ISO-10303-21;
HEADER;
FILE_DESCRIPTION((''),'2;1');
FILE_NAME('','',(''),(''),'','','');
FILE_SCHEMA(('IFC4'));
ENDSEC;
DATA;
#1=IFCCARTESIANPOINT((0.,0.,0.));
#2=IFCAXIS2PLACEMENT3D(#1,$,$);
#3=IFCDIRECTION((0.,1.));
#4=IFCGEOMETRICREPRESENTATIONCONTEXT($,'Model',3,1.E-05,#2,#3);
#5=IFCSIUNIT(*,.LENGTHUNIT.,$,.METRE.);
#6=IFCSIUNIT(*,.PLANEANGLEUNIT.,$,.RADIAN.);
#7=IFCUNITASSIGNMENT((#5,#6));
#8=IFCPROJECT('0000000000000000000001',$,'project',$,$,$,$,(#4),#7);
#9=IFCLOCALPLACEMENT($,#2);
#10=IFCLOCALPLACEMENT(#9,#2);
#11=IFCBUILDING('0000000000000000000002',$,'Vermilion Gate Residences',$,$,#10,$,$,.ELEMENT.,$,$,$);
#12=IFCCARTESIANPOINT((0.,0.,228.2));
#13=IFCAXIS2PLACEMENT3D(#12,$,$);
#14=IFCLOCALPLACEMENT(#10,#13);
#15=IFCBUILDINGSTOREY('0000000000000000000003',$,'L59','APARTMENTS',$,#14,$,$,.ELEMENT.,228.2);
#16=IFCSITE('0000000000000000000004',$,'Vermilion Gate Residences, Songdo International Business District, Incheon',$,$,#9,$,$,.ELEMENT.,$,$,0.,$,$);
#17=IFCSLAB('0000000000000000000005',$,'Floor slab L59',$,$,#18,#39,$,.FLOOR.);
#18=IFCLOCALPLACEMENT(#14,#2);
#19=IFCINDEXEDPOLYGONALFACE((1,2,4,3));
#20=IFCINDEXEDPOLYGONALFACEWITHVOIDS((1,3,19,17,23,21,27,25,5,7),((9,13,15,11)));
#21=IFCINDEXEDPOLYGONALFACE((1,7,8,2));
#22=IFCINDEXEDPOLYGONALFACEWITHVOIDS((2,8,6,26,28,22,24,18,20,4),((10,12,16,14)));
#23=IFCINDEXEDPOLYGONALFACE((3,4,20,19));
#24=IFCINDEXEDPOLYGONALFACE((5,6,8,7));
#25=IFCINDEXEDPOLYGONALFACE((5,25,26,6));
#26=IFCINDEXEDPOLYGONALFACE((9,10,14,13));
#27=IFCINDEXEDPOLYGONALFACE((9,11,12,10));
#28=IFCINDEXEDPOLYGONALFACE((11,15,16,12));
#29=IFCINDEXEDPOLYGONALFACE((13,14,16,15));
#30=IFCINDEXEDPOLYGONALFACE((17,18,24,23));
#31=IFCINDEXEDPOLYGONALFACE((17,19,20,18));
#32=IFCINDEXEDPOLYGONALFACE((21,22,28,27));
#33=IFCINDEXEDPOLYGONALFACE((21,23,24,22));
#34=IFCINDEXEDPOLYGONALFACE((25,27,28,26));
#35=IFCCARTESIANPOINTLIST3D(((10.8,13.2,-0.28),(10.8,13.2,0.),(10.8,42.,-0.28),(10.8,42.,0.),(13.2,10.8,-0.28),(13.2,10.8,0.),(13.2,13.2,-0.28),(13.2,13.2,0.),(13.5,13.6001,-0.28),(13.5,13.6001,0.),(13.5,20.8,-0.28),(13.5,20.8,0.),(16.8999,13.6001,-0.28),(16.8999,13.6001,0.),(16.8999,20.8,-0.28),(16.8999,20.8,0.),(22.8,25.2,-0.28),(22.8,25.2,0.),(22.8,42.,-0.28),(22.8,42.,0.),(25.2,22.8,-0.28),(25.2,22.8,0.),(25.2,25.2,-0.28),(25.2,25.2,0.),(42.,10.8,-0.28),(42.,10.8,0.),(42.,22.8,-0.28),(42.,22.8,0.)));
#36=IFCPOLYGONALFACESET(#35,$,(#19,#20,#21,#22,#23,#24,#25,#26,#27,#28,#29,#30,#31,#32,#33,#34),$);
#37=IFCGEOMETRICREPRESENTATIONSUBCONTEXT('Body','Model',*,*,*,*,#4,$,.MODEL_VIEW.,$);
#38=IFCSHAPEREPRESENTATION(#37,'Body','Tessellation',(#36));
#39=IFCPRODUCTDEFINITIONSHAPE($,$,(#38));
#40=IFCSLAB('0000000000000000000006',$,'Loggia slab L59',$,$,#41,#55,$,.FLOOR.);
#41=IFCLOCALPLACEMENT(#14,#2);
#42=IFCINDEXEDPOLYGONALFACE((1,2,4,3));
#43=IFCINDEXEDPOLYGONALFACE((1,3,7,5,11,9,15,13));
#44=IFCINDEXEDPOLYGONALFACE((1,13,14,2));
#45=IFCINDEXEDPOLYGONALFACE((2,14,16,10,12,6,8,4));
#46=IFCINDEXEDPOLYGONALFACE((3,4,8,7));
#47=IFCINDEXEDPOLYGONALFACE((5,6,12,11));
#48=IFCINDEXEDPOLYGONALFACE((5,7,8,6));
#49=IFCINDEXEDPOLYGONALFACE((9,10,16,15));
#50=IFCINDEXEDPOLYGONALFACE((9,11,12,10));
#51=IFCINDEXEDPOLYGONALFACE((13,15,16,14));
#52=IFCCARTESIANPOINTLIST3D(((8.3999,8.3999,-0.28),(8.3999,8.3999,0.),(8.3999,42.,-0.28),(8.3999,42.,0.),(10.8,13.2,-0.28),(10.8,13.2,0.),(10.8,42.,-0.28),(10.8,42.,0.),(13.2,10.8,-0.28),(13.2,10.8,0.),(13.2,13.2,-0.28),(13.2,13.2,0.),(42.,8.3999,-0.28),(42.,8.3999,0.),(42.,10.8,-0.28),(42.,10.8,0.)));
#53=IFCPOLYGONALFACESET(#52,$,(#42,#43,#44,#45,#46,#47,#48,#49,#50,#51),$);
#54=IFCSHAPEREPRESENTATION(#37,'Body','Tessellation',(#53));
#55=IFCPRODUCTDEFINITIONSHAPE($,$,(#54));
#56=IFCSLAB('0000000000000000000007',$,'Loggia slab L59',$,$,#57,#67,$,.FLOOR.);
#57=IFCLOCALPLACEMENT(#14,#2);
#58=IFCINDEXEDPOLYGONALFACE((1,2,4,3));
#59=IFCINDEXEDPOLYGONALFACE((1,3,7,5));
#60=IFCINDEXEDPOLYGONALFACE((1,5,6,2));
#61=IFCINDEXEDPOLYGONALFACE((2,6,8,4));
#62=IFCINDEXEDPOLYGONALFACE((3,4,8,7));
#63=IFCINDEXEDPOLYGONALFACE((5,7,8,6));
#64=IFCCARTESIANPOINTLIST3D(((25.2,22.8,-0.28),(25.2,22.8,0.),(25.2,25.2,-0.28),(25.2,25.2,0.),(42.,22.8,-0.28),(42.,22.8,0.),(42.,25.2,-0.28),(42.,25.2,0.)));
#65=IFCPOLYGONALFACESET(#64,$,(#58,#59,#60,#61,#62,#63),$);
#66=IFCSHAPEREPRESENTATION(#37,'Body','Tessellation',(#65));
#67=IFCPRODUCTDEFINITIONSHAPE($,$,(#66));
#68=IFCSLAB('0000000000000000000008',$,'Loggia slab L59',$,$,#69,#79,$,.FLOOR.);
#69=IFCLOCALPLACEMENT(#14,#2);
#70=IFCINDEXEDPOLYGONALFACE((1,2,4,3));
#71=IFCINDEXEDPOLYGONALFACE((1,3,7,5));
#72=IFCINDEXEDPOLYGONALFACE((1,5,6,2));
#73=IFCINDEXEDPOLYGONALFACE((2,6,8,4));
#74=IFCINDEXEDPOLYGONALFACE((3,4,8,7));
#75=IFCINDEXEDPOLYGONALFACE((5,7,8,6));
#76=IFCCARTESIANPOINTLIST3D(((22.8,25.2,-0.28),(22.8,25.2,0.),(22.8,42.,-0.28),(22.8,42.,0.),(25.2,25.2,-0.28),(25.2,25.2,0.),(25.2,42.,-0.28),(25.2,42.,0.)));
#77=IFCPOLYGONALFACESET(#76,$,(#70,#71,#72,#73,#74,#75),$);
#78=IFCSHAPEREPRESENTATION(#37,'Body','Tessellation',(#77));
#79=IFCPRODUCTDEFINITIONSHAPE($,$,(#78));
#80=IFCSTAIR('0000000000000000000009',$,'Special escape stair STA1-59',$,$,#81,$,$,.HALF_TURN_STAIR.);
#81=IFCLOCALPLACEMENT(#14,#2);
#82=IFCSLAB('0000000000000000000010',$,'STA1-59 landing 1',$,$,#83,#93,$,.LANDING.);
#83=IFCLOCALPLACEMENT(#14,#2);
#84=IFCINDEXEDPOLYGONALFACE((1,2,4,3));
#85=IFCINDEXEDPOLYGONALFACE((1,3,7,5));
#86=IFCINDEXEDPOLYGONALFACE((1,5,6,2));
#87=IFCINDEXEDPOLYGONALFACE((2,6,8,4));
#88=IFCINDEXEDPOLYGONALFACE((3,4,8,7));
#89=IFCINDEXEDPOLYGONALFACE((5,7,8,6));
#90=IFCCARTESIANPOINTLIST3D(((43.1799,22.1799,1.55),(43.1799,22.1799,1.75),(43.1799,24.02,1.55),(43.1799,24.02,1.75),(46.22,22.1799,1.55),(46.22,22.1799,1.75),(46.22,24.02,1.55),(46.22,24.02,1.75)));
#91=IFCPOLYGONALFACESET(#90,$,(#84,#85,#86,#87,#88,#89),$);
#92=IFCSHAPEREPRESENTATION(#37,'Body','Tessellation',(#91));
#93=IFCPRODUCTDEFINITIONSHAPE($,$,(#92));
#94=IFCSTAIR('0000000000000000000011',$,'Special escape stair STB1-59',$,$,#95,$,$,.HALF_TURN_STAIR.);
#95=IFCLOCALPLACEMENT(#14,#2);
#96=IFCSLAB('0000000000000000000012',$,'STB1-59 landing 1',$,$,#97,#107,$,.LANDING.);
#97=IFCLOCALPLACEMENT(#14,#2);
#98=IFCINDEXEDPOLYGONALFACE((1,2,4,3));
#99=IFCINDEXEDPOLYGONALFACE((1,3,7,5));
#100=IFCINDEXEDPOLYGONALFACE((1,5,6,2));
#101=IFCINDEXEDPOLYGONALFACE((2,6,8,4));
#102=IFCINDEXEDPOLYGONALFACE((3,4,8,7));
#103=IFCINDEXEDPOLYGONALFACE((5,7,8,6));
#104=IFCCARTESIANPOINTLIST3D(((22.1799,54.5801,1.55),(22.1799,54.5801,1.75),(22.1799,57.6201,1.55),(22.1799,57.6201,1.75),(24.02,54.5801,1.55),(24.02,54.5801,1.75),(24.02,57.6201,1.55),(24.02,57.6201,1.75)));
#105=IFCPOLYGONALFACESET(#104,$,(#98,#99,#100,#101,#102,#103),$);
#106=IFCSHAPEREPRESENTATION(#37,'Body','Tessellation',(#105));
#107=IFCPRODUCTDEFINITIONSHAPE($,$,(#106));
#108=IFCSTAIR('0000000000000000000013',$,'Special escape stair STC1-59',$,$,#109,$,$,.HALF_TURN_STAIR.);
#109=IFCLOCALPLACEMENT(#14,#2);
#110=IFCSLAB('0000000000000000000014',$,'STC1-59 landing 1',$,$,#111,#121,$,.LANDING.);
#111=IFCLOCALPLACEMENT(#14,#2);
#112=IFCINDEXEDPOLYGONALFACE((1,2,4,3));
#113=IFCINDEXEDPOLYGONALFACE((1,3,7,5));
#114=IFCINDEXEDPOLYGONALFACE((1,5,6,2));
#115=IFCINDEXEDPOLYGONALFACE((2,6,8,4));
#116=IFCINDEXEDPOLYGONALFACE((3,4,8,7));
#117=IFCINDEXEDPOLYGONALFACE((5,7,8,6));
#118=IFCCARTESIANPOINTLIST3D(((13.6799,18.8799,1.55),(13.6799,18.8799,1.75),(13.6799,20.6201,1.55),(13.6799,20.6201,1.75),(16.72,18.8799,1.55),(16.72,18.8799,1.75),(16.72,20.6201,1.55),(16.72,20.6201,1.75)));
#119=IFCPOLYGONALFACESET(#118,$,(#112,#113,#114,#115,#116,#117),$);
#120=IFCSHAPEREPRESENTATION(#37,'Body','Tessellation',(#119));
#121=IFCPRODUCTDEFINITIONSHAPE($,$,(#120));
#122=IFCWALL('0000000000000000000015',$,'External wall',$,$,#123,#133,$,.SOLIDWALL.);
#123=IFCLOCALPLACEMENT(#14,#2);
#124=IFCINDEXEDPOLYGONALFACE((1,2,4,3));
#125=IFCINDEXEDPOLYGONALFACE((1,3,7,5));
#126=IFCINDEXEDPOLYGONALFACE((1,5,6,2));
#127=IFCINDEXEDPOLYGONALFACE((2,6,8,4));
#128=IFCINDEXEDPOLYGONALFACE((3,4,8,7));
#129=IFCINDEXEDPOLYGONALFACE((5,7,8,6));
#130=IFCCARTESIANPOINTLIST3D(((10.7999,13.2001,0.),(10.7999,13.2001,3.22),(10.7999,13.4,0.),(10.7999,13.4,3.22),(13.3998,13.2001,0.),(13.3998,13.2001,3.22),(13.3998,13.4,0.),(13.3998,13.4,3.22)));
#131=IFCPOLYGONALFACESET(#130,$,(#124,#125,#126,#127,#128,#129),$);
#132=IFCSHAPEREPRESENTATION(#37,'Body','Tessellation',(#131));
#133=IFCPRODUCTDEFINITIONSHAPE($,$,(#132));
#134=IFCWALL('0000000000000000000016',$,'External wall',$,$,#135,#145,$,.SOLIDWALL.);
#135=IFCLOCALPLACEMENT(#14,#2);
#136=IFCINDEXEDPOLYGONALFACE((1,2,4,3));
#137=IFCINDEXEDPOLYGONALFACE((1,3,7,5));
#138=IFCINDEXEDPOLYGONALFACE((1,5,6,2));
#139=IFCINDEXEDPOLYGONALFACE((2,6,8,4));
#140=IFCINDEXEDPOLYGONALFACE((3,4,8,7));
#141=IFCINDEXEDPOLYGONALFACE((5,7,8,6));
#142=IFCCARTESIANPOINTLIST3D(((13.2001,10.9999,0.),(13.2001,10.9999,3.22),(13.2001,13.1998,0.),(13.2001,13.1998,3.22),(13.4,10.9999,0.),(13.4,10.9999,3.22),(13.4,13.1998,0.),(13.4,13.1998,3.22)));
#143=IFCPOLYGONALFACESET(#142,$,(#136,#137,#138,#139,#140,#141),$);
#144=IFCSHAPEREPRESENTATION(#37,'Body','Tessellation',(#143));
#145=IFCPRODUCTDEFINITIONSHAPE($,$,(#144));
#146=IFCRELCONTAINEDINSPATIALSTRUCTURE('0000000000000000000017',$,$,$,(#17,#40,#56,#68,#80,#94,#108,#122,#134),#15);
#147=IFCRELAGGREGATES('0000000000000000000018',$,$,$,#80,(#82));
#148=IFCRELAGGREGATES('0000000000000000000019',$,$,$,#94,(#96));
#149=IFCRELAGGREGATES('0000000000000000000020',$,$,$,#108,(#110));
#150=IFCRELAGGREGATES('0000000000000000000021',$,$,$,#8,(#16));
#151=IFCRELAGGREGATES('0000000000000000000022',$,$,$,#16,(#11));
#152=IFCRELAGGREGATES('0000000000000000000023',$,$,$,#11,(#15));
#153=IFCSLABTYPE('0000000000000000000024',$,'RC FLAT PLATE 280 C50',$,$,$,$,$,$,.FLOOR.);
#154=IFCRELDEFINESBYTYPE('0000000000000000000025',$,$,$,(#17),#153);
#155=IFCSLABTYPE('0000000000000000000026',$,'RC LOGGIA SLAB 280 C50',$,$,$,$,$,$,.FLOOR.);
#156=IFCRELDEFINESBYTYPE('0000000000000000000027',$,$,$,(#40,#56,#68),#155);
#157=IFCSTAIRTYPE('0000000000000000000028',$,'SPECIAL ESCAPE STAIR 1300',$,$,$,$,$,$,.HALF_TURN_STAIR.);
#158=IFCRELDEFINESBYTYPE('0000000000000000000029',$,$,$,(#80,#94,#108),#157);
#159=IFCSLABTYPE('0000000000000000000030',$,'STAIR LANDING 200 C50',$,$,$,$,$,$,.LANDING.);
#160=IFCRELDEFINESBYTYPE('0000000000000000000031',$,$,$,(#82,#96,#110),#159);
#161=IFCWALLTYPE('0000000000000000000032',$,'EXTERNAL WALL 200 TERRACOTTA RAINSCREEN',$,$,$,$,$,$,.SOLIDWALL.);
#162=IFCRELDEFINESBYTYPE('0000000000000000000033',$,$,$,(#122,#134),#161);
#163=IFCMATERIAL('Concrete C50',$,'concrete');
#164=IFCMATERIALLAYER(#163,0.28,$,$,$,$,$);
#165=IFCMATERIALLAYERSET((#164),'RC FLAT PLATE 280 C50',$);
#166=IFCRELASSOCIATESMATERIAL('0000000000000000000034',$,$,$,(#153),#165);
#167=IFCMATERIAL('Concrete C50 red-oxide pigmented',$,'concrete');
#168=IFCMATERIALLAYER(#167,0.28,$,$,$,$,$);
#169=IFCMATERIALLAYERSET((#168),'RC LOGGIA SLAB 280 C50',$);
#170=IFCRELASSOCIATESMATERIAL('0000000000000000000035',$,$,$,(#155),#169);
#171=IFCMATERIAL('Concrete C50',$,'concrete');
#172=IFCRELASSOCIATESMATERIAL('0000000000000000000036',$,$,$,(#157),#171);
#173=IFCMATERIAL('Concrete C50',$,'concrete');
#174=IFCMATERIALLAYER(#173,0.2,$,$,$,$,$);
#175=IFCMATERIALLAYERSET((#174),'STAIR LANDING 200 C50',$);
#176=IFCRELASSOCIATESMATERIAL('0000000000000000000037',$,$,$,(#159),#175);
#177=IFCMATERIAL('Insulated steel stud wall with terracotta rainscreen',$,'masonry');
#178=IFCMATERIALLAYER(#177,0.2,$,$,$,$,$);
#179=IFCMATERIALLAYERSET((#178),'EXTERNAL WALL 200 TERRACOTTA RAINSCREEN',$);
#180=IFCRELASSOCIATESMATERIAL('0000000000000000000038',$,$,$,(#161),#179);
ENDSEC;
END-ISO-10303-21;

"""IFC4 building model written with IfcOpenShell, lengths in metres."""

from ifc_helpers import new_model, si_unit, direction, frame, frame_2d, origin, place, context, subcontext, project, spatial, polyline, rectangle, outline, extrude, material, layer, layer_set, type_object, element, aggregate, save


model = new_model("IFC4")

# Units and contexts
model_context = context("Model", 3, precision=1e-05, world=origin(), true_north=direction((0.0, 1.0)))
body_context = subcontext(model_context, "Body", "Model", "MODEL_VIEW")
ifc_project = project(units=[si_unit("LENGTHUNIT", "METRE"), si_unit("PLANEANGLEUNIT", "RADIAN")], contexts=[model_context])

# Site, building, storey
site_placement = place(None, origin())
site = spatial("IfcSite", under=ifc_project, at=site_placement, Name="Vermilion Gate Residences, Songdo International Business District, Incheon", CompositionType="ELEMENT", RefElevation=0.0)
building_placement = place(site_placement, origin())
building = spatial("IfcBuilding", under=site, at=building_placement, Name="Vermilion Gate Residences", CompositionType="ELEMENT")
storey_placement = place(building_placement, frame((0.0, 0.0, 228.2)))
storey = spatial("IfcBuildingStorey", under=building, at=storey_placement, Name="L59", Description="APARTMENTS", CompositionType="ELEMENT", Elevation=228.2)

# Slabs
ifc_material_1 = material(Name="Concrete C50", Category="concrete")
ifc_layer_1 = layer(ifc_material_1, 0.28)
ifc_layer_set_1 = layer_set([ifc_layer_1], Name="RC FLAT PLATE 280 C50")
slab_type_1 = type_object("IfcSlabType", Name="RC FLAT PLATE 280 C50", PredefinedType="FLOOR", material=ifc_layer_set_1)
slab_1_placement = place(storey_placement, frame((0.0, 0.0, -0.28)))
element("IfcSlab", 1, at=slab_1_placement, inside=storey, type_object=slab_type_1, Name="Floor slab L59", PredefinedType="FLOOR", context=body_context, shape_type="SweptSolid", body=[
    extrude(outline(polyline([(22.8, 25.2), (22.8, 42.0), (10.8, 42.0), (10.8, 13.2), (13.2, 13.2), (13.2, 10.8), (42.0, 10.8), (42.0, 22.8), (25.2, 22.8), (25.2, 25.2), (22.8, 25.2)]), holes=[polyline([(13.5, 13.6001), (13.5, 20.8), (16.8999, 20.8), (16.8999, 13.6001), (13.5, 13.6001)])]), origin(), (0.0, 0.0, 1.0), 0.28),
])
ifc_material_2 = material(Name="Concrete C50 red-oxide pigmented", Category="concrete")
ifc_layer_2 = layer(ifc_material_2, 0.28)
ifc_layer_set_2 = layer_set([ifc_layer_2], Name="RC LOGGIA SLAB 280 C50")
slab_type_2 = type_object("IfcSlabType", Name="RC LOGGIA SLAB 280 C50", PredefinedType="FLOOR", material=ifc_layer_set_2)
slab_2_placement = place(storey_placement, frame((0.0, 0.0, -0.28)))
element("IfcSlab", 2, at=slab_2_placement, inside=storey, type_object=slab_type_2, Name="Loggia slab L59", PredefinedType="FLOOR", context=body_context, shape_type="SweptSolid", body=[
    extrude(outline(polyline([(8.3999, 8.3999), (42.0, 8.3999), (42.0, 10.8), (13.2, 10.8), (13.2, 13.2), (10.8, 13.2), (10.8, 42.0), (8.3999, 42.0), (8.3999, 8.3999)])), origin(), (0.0, 0.0, 1.0), 0.28),
])
slab_3_placement = place(storey_placement, frame((0.0, 0.0, -0.28)))
element("IfcSlab", 3, at=slab_3_placement, inside=storey, type_object=slab_type_2, Name="Loggia slab L59", PredefinedType="FLOOR", context=body_context, shape_type="SweptSolid", body=[
    extrude(outline(polyline([(25.2, 22.8), (42.0, 22.8), (42.0, 25.2), (25.2, 25.2), (25.2, 22.8)])), origin(), (0.0, 0.0, 1.0), 0.28),
])
slab_4_placement = place(storey_placement, frame((0.0, 0.0, -0.28)))
element("IfcSlab", 4, at=slab_4_placement, inside=storey, type_object=slab_type_2, Name="Loggia slab L59", PredefinedType="FLOOR", context=body_context, shape_type="SweptSolid", body=[
    extrude(outline(polyline([(25.2, 42.0), (22.8, 42.0), (22.8, 25.2), (25.2, 25.2), (25.2, 42.0)])), origin(), (0.0, 0.0, 1.0), 0.28),
])

# Stairs, slabs
ifc_material_3 = material(Name="Concrete C50", Category="concrete")
stair_type = type_object("IfcStairType", Name="SPECIAL ESCAPE STAIR 1300", PredefinedType="HALF_TURN_STAIR", material=ifc_material_3)
stair_1_placement = place(storey_placement, origin())
stair_1 = element("IfcStair", 5, at=stair_1_placement, inside=storey, type_object=stair_type, Name="Special escape stair STA1-59", PredefinedType="HALF_TURN_STAIR")
ifc_material_4 = material(Name="Concrete C50", Category="concrete")
ifc_layer_3 = layer(ifc_material_4, 0.2)
ifc_layer_set_3 = layer_set([ifc_layer_3], Name="STAIR LANDING 200 C50")
slab_type_3 = type_object("IfcSlabType", Name="STAIR LANDING 200 C50", PredefinedType="LANDING", material=ifc_layer_set_3)
slab_5_placement = place(storey_placement, frame((0.0, 0.0, 1.55)))
slab_5 = element("IfcSlab", 6, at=slab_5_placement, type_object=slab_type_3, Name="STA1-59 landing 1", PredefinedType="LANDING", context=body_context, shape_type="SweptSolid", body=[
    extrude(outline(polyline([(46.22, 22.1799), (46.22, 24.02), (43.1799, 24.02), (43.1799, 22.1799), (46.22, 22.1799)])), origin(), (0.0, 0.0, 1.0), 0.2),
])
aggregate(stair_1, [slab_5])
stair_2_placement = place(storey_placement, origin())
stair_2 = element("IfcStair", 7, at=stair_2_placement, inside=storey, type_object=stair_type, Name="Special escape stair STB1-59", PredefinedType="HALF_TURN_STAIR")
slab_6_placement = place(storey_placement, frame((0.0, 0.0, 1.55)))
slab_6 = element("IfcSlab", 8, at=slab_6_placement, type_object=slab_type_3, Name="STB1-59 landing 1", PredefinedType="LANDING", context=body_context, shape_type="SweptSolid", body=[
    extrude(outline(polyline([(24.02, 54.5801), (24.02, 57.6201), (22.1799, 57.6201), (22.1799, 54.5801), (24.02, 54.5801)])), origin(), (0.0, 0.0, 1.0), 0.2),
])
aggregate(stair_2, [slab_6])
stair_3_placement = place(storey_placement, origin())
stair_3 = element("IfcStair", 9, at=stair_3_placement, inside=storey, type_object=stair_type, Name="Special escape stair STC1-59", PredefinedType="HALF_TURN_STAIR")
slab_7_placement = place(storey_placement, frame((0.0, 0.0, 1.55)))
slab_7 = element("IfcSlab", 10, at=slab_7_placement, type_object=slab_type_3, Name="STC1-59 landing 1", PredefinedType="LANDING", context=body_context, shape_type="SweptSolid", body=[
    extrude(outline(polyline([(16.72, 18.8799), (16.72, 20.6201), (13.6799, 20.6201), (13.6799, 18.8799), (16.72, 18.8799)])), origin(), (0.0, 0.0, 1.0), 0.2),
])
aggregate(stair_3, [slab_7])

# Walls
ifc_material_5 = material(Name="Insulated steel stud wall with terracotta rainscreen", Category="masonry")
ifc_layer_4 = layer(ifc_material_5, 0.2)
ifc_layer_set_4 = layer_set([ifc_layer_4], Name="EXTERNAL WALL 200 TERRACOTTA RAINSCREEN")
wall_type_1 = type_object("IfcWallType", Name="EXTERNAL WALL 200 TERRACOTTA RAINSCREEN", PredefinedType="SOLIDWALL", material=ifc_layer_set_4)
wall_1_placement = place(storey_placement, frame((10.8, 13.3, 0.0), z_axis=(0.0, 0.0, 1.0), x_axis=(1.0, 0.0, 0.0)))
element("IfcWall", 11, at=wall_1_placement, inside=storey, type_object=wall_type_1, Name="External wall", PredefinedType="SOLIDWALL", context=body_context, shape_type="SweptSolid", body=[
    extrude(rectangle(XDim=2.5999, YDim=0.2, at=frame_2d((1.2998, 0.0))), origin(), (0.0, 0.0, 1.0), 3.22),
])
wall_2_placement = place(storey_placement, frame((13.3, 13.2, 0.0), z_axis=(0.0, 0.0, 1.0), x_axis=(0.0, -1.0, 0.0)))
element("IfcWall", 12, at=wall_2_placement, inside=storey, type_object=wall_type_1, Name="External wall", PredefinedType="SOLIDWALL", context=body_context, shape_type="SweptSolid", body=[
    extrude(rectangle(XDim=2.2, YDim=0.2, at=frame_2d((1.1001, 0.0))), origin(), (0.0, 0.0, 1.0), 3.22),
])

save(model, "model.ifc")
